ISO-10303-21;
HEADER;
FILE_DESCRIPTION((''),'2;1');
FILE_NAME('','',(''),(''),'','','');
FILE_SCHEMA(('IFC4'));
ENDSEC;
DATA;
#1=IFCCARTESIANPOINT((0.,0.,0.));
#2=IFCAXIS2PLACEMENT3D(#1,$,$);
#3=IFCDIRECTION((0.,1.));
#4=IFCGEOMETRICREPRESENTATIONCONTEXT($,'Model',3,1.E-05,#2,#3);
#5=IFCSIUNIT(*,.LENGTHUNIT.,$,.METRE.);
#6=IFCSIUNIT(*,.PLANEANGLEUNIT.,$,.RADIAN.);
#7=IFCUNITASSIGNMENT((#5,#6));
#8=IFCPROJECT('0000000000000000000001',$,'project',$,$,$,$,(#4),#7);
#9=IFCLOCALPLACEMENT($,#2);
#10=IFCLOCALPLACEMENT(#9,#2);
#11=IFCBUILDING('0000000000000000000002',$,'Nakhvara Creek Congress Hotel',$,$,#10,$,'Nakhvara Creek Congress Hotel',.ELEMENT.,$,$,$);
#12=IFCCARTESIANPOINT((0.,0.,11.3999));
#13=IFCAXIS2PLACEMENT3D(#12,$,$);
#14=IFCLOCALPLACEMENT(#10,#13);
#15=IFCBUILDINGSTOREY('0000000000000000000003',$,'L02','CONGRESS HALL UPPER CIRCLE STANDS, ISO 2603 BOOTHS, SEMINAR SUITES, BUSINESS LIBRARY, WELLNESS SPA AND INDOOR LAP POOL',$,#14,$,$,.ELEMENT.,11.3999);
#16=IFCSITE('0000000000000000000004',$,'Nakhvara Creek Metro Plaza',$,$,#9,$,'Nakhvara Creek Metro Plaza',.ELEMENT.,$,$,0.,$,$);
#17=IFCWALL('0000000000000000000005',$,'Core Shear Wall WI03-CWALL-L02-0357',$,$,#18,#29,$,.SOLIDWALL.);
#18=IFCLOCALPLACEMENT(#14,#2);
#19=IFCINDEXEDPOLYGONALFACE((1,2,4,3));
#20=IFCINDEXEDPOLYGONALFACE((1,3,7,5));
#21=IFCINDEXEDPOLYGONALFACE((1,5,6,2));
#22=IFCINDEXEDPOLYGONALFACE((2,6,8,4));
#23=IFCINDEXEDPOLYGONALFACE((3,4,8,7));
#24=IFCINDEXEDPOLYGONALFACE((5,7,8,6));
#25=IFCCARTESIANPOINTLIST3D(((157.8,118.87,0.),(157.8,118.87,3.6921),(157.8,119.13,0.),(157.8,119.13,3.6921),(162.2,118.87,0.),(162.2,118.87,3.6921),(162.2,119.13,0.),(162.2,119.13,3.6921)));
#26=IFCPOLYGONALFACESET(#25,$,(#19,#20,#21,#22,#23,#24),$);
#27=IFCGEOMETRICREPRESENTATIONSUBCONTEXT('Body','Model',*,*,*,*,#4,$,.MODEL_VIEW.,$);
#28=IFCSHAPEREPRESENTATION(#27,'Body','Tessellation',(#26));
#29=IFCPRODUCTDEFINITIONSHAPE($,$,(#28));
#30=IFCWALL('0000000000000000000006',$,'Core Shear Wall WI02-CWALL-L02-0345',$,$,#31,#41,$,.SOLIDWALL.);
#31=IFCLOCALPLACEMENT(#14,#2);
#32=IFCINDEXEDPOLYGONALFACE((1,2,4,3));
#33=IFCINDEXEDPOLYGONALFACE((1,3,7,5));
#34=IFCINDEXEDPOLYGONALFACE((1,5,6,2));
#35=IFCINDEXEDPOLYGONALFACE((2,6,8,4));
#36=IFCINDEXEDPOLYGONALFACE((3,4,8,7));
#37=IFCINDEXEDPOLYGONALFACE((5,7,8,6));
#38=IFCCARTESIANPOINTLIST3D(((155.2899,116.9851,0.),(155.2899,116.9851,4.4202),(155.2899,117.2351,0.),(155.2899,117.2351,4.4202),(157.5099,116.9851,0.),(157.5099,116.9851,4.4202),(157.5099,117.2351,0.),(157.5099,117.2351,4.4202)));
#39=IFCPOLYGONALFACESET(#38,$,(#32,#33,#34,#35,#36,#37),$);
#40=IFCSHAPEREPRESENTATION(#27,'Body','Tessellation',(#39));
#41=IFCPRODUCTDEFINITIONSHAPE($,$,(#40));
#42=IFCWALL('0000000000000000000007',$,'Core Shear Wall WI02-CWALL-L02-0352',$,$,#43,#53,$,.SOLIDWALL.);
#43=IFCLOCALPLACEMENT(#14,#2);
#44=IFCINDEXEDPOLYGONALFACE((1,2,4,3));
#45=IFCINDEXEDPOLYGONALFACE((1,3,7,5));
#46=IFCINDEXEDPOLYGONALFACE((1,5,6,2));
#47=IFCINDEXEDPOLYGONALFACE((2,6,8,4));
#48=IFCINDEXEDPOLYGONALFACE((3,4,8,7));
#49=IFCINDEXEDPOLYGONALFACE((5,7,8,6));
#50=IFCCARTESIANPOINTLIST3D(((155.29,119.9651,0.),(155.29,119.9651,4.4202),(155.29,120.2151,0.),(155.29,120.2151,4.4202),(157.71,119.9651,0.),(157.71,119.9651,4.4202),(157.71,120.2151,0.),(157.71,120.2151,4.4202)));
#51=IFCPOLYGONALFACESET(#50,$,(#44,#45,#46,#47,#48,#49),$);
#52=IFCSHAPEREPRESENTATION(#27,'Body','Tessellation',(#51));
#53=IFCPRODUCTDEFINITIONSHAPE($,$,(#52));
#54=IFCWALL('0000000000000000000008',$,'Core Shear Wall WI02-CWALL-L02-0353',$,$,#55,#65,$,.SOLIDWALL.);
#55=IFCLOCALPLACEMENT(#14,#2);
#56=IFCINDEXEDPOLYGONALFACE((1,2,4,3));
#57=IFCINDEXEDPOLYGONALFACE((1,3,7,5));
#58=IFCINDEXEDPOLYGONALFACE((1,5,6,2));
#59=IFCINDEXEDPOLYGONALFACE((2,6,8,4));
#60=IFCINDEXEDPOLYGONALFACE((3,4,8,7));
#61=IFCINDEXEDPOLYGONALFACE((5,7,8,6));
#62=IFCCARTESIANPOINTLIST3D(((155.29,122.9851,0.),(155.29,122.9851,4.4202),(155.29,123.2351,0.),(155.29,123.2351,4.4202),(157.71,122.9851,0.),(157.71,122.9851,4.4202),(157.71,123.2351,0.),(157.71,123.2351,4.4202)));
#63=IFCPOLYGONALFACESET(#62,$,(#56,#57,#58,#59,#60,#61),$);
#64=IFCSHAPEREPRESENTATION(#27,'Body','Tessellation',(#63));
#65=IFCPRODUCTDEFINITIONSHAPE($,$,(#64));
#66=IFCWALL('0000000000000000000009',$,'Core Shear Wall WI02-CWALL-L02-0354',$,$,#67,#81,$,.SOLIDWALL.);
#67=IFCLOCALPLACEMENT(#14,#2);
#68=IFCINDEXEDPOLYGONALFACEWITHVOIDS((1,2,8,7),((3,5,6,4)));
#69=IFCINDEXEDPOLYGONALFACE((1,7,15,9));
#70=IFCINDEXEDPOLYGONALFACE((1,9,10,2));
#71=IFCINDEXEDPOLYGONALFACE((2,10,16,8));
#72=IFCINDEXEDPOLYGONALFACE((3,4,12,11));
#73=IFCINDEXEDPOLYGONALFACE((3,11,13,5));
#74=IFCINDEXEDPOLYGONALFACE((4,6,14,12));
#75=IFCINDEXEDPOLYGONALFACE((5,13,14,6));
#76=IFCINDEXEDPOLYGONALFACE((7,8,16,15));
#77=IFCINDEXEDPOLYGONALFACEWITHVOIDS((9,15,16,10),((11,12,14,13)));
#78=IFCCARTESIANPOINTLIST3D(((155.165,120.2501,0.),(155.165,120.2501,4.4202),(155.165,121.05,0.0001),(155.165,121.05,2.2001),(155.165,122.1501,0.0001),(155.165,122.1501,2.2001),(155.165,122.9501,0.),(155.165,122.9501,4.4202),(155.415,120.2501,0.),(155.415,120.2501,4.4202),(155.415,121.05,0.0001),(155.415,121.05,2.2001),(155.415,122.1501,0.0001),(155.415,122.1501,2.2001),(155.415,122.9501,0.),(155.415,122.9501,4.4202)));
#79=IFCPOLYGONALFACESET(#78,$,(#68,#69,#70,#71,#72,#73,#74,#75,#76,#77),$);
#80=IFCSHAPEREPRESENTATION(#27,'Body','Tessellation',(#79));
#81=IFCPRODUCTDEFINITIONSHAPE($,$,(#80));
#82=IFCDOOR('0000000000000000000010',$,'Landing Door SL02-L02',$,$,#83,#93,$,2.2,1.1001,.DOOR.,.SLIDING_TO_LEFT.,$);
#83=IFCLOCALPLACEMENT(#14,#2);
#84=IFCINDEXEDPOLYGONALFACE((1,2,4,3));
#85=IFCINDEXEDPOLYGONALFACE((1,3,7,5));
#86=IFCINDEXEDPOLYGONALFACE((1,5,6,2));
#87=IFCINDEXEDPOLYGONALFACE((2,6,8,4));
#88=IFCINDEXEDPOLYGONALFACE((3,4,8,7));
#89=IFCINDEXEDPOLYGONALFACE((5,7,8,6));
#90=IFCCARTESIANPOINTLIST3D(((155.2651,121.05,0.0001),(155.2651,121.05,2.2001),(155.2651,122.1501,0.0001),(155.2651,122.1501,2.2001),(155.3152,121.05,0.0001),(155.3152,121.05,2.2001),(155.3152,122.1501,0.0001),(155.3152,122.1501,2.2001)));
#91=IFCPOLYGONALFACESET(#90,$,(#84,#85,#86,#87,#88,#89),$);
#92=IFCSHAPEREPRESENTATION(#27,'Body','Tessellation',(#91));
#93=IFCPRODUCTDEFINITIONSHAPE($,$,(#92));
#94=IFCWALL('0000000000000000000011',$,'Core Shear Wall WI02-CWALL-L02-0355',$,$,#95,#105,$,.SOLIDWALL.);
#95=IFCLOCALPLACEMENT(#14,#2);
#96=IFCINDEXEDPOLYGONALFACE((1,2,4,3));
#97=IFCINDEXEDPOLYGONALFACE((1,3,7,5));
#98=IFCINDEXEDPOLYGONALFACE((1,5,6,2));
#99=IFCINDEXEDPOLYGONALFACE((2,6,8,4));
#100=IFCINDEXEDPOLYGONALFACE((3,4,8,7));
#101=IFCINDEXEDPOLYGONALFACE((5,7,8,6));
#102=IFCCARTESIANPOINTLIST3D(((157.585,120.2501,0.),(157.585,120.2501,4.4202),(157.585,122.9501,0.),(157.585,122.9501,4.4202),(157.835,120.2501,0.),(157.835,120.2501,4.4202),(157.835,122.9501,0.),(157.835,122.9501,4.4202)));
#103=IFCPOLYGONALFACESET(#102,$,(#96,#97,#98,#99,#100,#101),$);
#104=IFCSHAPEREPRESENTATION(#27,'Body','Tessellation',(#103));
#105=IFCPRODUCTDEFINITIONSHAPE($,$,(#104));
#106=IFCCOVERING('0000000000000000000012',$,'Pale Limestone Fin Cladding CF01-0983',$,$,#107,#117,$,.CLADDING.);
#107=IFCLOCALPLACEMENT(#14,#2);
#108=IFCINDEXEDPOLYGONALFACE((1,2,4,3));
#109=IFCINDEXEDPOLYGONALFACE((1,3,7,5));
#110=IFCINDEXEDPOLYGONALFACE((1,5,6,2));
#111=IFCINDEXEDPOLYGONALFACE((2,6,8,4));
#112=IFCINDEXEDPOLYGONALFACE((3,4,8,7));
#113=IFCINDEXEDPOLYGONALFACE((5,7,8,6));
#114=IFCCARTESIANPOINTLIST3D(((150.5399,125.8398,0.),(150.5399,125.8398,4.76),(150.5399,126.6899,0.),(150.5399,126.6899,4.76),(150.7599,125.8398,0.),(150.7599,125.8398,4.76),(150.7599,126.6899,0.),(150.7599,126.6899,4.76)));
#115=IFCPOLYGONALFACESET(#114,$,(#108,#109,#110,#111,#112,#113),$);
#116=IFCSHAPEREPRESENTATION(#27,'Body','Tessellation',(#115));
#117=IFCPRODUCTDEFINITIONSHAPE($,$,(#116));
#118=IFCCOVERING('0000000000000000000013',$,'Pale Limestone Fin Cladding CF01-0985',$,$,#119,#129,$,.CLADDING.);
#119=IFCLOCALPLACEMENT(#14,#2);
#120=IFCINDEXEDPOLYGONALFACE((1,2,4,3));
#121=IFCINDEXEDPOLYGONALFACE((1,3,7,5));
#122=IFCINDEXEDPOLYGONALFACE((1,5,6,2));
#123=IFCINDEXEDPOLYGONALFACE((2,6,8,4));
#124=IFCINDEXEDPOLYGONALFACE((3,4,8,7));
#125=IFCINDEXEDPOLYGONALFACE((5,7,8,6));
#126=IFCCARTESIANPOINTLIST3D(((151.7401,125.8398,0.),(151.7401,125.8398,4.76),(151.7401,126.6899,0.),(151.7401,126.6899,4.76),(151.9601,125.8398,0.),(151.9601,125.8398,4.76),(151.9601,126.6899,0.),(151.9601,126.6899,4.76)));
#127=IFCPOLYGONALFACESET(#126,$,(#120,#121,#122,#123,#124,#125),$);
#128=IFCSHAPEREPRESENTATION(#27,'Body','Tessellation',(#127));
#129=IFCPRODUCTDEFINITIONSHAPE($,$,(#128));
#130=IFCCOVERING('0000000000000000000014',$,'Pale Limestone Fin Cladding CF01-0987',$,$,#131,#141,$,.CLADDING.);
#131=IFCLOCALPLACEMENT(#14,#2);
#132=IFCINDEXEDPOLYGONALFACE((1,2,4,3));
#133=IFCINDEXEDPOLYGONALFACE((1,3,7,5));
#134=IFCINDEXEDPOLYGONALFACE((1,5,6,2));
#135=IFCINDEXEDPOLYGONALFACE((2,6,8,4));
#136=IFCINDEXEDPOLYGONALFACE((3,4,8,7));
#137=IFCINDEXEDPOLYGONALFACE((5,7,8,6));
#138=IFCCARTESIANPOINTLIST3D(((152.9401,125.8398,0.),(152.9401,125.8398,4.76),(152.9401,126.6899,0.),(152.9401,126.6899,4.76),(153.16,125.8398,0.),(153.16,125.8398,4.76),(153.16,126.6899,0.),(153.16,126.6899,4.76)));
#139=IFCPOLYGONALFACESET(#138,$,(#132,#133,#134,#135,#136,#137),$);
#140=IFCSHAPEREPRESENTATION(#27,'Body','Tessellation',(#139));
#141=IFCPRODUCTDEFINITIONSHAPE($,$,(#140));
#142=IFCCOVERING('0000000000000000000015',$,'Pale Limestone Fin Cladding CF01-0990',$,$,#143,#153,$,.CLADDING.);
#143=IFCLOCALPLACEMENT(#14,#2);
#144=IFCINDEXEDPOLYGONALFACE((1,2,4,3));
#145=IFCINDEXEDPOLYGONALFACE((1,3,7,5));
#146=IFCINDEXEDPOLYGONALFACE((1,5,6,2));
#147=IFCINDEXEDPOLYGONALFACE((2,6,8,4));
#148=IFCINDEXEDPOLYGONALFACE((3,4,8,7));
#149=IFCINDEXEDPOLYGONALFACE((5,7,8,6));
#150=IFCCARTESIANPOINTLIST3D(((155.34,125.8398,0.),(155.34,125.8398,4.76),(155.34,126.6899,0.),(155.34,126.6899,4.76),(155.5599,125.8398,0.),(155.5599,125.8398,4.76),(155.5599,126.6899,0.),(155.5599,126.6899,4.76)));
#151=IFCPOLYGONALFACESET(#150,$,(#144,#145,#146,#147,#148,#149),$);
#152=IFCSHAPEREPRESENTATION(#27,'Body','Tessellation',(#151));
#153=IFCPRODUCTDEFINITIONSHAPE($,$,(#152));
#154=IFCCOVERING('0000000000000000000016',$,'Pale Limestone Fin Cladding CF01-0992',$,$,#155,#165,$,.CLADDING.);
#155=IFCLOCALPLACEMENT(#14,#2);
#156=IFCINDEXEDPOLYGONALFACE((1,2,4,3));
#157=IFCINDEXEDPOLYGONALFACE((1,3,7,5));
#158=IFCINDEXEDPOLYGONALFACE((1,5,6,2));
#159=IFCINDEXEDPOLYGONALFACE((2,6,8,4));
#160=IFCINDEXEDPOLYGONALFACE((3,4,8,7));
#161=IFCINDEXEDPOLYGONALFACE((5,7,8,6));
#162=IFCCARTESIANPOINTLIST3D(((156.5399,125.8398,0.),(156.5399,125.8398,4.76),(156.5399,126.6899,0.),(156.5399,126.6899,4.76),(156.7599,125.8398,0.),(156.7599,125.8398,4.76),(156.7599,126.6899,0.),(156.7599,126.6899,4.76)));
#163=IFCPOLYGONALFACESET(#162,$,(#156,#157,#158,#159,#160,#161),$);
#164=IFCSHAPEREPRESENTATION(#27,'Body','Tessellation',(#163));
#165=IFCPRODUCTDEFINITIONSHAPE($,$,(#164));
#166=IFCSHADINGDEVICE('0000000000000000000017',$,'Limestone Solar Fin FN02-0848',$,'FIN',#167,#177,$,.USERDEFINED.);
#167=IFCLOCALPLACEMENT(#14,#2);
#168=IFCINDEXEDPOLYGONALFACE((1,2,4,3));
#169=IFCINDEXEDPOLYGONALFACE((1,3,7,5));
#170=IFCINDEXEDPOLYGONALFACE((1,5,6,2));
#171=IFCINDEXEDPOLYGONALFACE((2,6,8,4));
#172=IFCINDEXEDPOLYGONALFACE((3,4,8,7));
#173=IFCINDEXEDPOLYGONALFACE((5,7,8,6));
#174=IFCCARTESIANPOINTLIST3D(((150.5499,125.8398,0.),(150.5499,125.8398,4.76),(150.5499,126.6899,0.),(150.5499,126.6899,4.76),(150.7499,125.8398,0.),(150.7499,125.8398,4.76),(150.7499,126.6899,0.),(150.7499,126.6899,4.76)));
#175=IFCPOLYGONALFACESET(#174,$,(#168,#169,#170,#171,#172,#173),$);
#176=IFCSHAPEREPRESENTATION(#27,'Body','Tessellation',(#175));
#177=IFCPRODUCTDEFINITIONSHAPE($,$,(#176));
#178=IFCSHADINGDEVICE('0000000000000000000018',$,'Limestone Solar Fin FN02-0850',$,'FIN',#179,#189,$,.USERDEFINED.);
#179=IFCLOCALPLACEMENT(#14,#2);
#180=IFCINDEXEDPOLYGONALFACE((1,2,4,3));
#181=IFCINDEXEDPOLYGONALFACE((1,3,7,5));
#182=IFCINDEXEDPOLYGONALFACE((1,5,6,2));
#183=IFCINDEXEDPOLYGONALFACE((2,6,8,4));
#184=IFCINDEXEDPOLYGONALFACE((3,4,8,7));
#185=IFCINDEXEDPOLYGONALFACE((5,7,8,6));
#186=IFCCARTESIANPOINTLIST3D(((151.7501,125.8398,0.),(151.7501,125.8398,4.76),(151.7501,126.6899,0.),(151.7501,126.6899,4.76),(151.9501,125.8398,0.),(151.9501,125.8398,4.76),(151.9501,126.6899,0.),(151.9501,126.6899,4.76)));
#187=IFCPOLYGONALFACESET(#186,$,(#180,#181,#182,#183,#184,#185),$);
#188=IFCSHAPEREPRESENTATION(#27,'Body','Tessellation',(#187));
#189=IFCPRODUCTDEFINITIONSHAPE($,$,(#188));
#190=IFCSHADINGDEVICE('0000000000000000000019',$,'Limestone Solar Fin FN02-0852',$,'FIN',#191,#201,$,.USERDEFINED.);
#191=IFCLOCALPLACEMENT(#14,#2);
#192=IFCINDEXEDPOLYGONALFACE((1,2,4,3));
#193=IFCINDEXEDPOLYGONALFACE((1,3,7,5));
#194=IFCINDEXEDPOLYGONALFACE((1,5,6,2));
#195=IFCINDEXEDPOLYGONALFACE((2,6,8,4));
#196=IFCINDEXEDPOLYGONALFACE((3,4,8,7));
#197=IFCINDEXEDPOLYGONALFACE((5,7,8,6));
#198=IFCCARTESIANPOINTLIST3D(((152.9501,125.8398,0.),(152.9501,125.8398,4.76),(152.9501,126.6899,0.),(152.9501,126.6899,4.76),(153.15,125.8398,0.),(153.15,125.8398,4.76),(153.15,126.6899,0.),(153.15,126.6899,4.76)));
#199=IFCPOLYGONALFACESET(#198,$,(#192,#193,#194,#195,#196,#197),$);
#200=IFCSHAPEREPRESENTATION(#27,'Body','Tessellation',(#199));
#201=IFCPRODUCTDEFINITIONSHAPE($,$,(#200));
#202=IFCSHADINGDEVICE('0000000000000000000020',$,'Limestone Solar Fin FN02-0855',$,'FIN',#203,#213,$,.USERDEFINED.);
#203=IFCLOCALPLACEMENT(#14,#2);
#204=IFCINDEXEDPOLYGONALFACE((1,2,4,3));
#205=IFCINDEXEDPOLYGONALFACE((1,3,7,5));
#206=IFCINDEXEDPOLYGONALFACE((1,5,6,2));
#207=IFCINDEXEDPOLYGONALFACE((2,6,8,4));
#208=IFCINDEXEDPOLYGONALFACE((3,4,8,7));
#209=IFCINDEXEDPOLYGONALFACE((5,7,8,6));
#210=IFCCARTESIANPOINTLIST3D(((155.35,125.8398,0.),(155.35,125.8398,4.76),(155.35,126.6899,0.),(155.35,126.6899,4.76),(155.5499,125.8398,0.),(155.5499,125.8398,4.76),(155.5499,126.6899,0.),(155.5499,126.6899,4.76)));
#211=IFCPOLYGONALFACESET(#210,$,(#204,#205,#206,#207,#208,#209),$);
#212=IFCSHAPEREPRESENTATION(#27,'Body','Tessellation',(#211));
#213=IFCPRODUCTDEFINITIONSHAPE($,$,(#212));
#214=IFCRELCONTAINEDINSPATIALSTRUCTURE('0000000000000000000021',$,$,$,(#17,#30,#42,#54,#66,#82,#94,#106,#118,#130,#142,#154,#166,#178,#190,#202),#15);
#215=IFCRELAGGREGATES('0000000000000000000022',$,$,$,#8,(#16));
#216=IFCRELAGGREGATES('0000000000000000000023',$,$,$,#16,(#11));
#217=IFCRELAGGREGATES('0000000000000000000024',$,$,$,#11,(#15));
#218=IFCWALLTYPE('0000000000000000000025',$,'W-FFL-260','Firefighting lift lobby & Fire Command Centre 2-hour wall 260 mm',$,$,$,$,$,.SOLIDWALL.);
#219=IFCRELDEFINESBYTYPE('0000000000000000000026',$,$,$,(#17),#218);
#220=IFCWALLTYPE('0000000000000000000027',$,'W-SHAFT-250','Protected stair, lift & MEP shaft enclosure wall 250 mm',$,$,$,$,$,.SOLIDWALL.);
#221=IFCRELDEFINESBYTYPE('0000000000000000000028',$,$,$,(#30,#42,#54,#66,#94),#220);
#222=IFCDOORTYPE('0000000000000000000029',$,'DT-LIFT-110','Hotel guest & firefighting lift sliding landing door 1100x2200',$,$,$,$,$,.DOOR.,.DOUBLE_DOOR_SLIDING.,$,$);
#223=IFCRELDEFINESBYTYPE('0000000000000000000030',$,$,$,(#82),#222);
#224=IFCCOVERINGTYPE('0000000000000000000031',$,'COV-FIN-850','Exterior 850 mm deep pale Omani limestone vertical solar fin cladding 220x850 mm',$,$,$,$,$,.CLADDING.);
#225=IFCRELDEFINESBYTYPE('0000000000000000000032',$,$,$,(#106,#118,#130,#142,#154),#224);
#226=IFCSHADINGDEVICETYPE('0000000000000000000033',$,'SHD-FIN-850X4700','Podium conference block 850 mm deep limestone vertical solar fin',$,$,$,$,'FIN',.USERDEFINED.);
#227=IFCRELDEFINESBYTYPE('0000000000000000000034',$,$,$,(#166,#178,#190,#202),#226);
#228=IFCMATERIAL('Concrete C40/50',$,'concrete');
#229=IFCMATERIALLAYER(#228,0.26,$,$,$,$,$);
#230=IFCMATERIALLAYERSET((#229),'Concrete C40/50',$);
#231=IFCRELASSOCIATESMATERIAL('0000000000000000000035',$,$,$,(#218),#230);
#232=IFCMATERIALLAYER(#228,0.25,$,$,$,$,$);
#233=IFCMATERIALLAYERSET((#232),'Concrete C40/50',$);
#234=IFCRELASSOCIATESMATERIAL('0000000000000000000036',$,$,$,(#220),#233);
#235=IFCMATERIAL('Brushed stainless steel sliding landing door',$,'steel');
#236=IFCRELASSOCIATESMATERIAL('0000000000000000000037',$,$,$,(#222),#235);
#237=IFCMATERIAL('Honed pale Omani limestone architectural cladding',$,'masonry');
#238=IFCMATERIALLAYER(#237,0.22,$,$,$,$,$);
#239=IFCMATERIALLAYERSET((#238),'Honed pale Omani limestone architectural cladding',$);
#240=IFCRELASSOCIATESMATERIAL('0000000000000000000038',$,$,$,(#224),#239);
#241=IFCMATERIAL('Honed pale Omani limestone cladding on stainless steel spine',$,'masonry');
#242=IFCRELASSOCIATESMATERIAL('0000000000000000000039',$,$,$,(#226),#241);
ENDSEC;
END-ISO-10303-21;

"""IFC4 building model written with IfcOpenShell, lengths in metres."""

from ifc_helpers import new_model, si_unit, direction, frame, frame_2d, origin, origin_2d, place, context, subcontext, project, spatial, rectangle, extrude, material, layer, layer_set, type_object, element, fill, save


model = new_model("IFC4")

# Units and contexts
model_context = context("Model", 3, precision=1e-05, world=origin(), true_north=direction((0.0, 1.0)))
body_context = subcontext(model_context, "Body", "Model", "MODEL_VIEW")
ifc_project = project(units=[si_unit("LENGTHUNIT", "METRE"), si_unit("PLANEANGLEUNIT", "RADIAN")], contexts=[model_context])

# Site, building, storey
site_placement = place(None, origin())
site = spatial("IfcSite", under=ifc_project, at=site_placement, Name="Nakhvara Creek Metro Plaza", LongName="Nakhvara Creek Metro Plaza", CompositionType="ELEMENT", RefElevation=0.0)
building_placement = place(site_placement, origin())
building = spatial("IfcBuilding", under=site, at=building_placement, Name="Nakhvara Creek Congress Hotel", LongName="Nakhvara Creek Congress Hotel", CompositionType="ELEMENT")
storey_placement = place(building_placement, frame((0.0, 0.0, 11.3999)))
storey = spatial("IfcBuildingStorey", under=building, at=storey_placement, Name="L02", Description="CONGRESS HALL UPPER CIRCLE STANDS, ISO 2603 BOOTHS, SEMINAR SUITES, BUSINESS LIBRARY, WELLNESS SPA AND INDOOR LAP POOL", CompositionType="ELEMENT", Elevation=11.3999)

# Walls
ifc_material_1 = material(Name="Concrete C40/50", Category="concrete")
ifc_layer_1 = layer(ifc_material_1, 0.26)
ifc_layer_set_1 = layer_set([ifc_layer_1], Name="Concrete C40/50")
wall_type_1 = type_object("IfcWallType", Name="W-FFL-260", Description="Firefighting lift lobby & Fire Command Centre 2-hour wall 260 mm", PredefinedType="SOLIDWALL", material=ifc_layer_set_1)
wall_1_placement = place(storey_placement, frame((157.8, 119.0, 0.0), z_axis=(0.0, 0.0, 1.0), x_axis=(1.0, 0.0, 0.0)))
element("IfcWall", 1, at=wall_1_placement, inside=storey, type_object=wall_type_1, Name="Core Shear Wall WI03-CWALL-L02-0357", PredefinedType="SOLIDWALL", context=body_context, shape_type="SweptSolid", body=[
    extrude(rectangle(XDim=4.3999, YDim=0.26, at=frame_2d((2.2, 0.0))), origin(), (0.0, 0.0, 1.0), 3.6921),
])
ifc_layer_2 = layer(ifc_material_1, 0.25)
ifc_layer_set_2 = layer_set([ifc_layer_2], Name="Concrete C40/50")
wall_type_2 = type_object("IfcWallType", Name="W-SHAFT-250", Description="Protected stair, lift & MEP shaft enclosure wall 250 mm", PredefinedType="SOLIDWALL", material=ifc_layer_set_2)
wall_2_placement = place(storey_placement, frame((155.29, 117.1101, 0.0), z_axis=(0.0, 0.0, 1.0), x_axis=(1.0, 0.0, 0.0)))
element("IfcWall", 2, at=wall_2_placement, inside=storey, type_object=wall_type_2, Name="Core Shear Wall WI02-CWALL-L02-0345", PredefinedType="SOLIDWALL", context=body_context, shape_type="SweptSolid", body=[
    extrude(rectangle(XDim=2.22, YDim=0.25, at=frame_2d((1.1099, 0.0))), origin(), (0.0, 0.0, 1.0), 4.4202),
])
for number, where, z_axis, x_axis, name in (
    (3, (155.29, 120.0901, 0.0), (0.0, 0.0, 1.0), (1.0, 0.0, 0.0), "Core Shear Wall WI02-CWALL-L02-0352"),
    (4, (155.29, 123.1101, 0.0), (0.0, 0.0, 1.0), (1.0, 0.0, 0.0), "Core Shear Wall WI02-CWALL-L02-0353"),
):
    element("IfcWall", number, at=place(storey_placement, frame(where, z_axis=z_axis, x_axis=x_axis)), inside=storey, type_object=wall_type_2, Name=name, PredefinedType="SOLIDWALL", context=body_context, shape_type="SweptSolid", body=[
        extrude(rectangle(XDim=2.4199, YDim=0.25, at=frame_2d((1.21, 0.0))), origin(), (0.0, 0.0, 1.0), 4.4202),
    ])

# Wall, opening, door
wall_3_placement = place(storey_placement, frame((155.29, 120.25, 0.0), z_axis=(0.0, 0.0, 1.0), x_axis=(0.0, 1.0, 0.0)))
wall_3 = element("IfcWall", 5, at=wall_3_placement, inside=storey, type_object=wall_type_2, Name="Core Shear Wall WI02-CWALL-L02-0354", PredefinedType="SOLIDWALL", context=body_context, shape_type="SweptSolid", body=[
    extrude(rectangle(XDim=2.7, YDim=0.25, at=frame_2d((1.3501, 0.0))), origin(), (0.0, 0.0, 1.0), 4.4202),
])
opening_placement = place(wall_3_placement, frame((0.8, 0.0, 0.0)))
opening = element("IfcOpeningElement", 6, at=opening_placement, cuts=wall_3, PredefinedType="OPENING", context=body_context, shape_type="SweptSolid", body=[
    extrude(rectangle(XDim=1.1001, YDim=2.2, at=frame_2d((0.55, 1.1001))), frame((0.0, 0.137, 0.0), z_axis=(0.0, -1.0, 0.0), x_axis=(1.0, 0.0, 0.0)), (0.0, 0.0, 1.0), 0.2739),
])
ifc_material_2 = material(Name="Brushed stainless steel sliding landing door", Category="steel")
door_type = type_object("IfcDoorType", Name="DT-LIFT-110", Description="Hotel guest & firefighting lift sliding landing door 1100x2200", OperationType="DOUBLE_DOOR_SLIDING", PredefinedType="DOOR", material=ifc_material_2)
door_placement = place(opening_placement, origin())
door = element("IfcDoor", 7, at=door_placement, inside=storey, type_object=door_type, Name="Landing Door SL02-L02", OperationType="SLIDING_TO_LEFT", OverallHeight=2.2, OverallWidth=1.1001, PredefinedType="DOOR", context=body_context, shape_type="SweptSolid", body=[
    extrude(rectangle(XDim=1.1001, YDim=2.2, at=frame_2d((0.55, 1.1001))), frame((0.0, 0.0249, 0.0), z_axis=(0.0, -1.0, 0.0), x_axis=(1.0, 0.0, 0.0)), (0.0, 0.0, 1.0), 0.05),
])
fill(opening, door)

# Wall
wall_4_placement = place(storey_placement, frame((157.71, 120.25, 0.0), z_axis=(0.0, 0.0, 1.0), x_axis=(0.0, 1.0, 0.0)))
element("IfcWall", 8, at=wall_4_placement, inside=storey, type_object=wall_type_2, Name="Core Shear Wall WI02-CWALL-L02-0355", PredefinedType="SOLIDWALL", context=body_context, shape_type="SweptSolid", body=[
    extrude(rectangle(XDim=2.7, YDim=0.25, at=frame_2d((1.3501, 0.0))), origin(), (0.0, 0.0, 1.0), 4.4202),
])

# Coverings
ifc_material_3 = material(Name="Honed pale Omani limestone architectural cladding", Category="masonry")
ifc_layer_3 = layer(ifc_material_3, 0.22)
ifc_layer_set_3 = layer_set([ifc_layer_3], Name="Honed pale Omani limestone architectural cladding")
covering_type = type_object("IfcCoveringType", Name="COV-FIN-850", Description="Exterior 850 mm deep pale Omani limestone vertical solar fin cladding 220x850 mm", PredefinedType="CLADDING", material=ifc_layer_set_3)
for number, where, z_axis, x_axis, name in (
    (9, (150.6499, 126.2649, 0.0), (0.0, 0.0, 1.0), (1.0, 0.0, 0.0), "Pale Limestone Fin Cladding CF01-0983"),
    (10, (151.8501, 126.2649, 0.0), (0.0, 0.0, 1.0), (1.0, 0.0, 0.0), "Pale Limestone Fin Cladding CF01-0985"),
    (11, (153.05, 126.2649, 0.0), (0.0, 0.0, 1.0), (1.0, 0.0, 0.0), "Pale Limestone Fin Cladding CF01-0987"),
    (12, (155.45, 126.2649, 0.0), (0.0, 0.0, 1.0), (1.0, 0.0, 0.0), "Pale Limestone Fin Cladding CF01-0990"),
    (13, (156.6499, 126.2649, 0.0), (0.0, 0.0, 1.0), (1.0, 0.0, 0.0), "Pale Limestone Fin Cladding CF01-0992"),
):
    element("IfcCovering", number, at=place(storey_placement, frame(where, z_axis=z_axis, x_axis=x_axis)), inside=storey, type_object=covering_type, Name=name, PredefinedType="CLADDING", context=body_context, shape_type="SweptSolid", body=[
        extrude(rectangle(XDim=0.22, YDim=0.8501, at=origin_2d()), origin(), (0.0, 0.0, 1.0), 4.76),
    ])

# Shading devices
ifc_material_4 = material(Name="Honed pale Omani limestone cladding on stainless steel spine", Category="masonry")
shading_device_type = type_object("IfcShadingDeviceType", Name="SHD-FIN-850X4700", Description="Podium conference block 850 mm deep limestone vertical solar fin", ElementType="FIN", PredefinedType="USERDEFINED", material=ifc_material_4)
for number, where, z_axis, x_axis, name in (
    (14, (150.6499, 126.2649, 0.0), (0.0, 0.0, 1.0), (1.0, 0.0, 0.0), "Limestone Solar Fin FN02-0848"),
    (15, (151.8501, 126.2649, 0.0), (0.0, 0.0, 1.0), (1.0, 0.0, 0.0), "Limestone Solar Fin FN02-0850"),
    (16, (153.05, 126.2649, 0.0), (0.0, 0.0, 1.0), (1.0, 0.0, 0.0), "Limestone Solar Fin FN02-0852"),
    (17, (155.45, 126.2649, 0.0), (0.0, 0.0, 1.0), (1.0, 0.0, 0.0), "Limestone Solar Fin FN02-0855"),
):
    element("IfcShadingDevice", number, at=place(storey_placement, frame(where, z_axis=z_axis, x_axis=x_axis)), inside=storey, type_object=shading_device_type, Name=name, ObjectType="FIN", PredefinedType="USERDEFINED", context=body_context, shape_type="SweptSolid", body=[
        extrude(rectangle(XDim=0.2, YDim=0.8501, at=origin_2d()), origin(), (0.0, 0.0, 1.0), 4.76),
    ])

save(model, "model.ifc")
